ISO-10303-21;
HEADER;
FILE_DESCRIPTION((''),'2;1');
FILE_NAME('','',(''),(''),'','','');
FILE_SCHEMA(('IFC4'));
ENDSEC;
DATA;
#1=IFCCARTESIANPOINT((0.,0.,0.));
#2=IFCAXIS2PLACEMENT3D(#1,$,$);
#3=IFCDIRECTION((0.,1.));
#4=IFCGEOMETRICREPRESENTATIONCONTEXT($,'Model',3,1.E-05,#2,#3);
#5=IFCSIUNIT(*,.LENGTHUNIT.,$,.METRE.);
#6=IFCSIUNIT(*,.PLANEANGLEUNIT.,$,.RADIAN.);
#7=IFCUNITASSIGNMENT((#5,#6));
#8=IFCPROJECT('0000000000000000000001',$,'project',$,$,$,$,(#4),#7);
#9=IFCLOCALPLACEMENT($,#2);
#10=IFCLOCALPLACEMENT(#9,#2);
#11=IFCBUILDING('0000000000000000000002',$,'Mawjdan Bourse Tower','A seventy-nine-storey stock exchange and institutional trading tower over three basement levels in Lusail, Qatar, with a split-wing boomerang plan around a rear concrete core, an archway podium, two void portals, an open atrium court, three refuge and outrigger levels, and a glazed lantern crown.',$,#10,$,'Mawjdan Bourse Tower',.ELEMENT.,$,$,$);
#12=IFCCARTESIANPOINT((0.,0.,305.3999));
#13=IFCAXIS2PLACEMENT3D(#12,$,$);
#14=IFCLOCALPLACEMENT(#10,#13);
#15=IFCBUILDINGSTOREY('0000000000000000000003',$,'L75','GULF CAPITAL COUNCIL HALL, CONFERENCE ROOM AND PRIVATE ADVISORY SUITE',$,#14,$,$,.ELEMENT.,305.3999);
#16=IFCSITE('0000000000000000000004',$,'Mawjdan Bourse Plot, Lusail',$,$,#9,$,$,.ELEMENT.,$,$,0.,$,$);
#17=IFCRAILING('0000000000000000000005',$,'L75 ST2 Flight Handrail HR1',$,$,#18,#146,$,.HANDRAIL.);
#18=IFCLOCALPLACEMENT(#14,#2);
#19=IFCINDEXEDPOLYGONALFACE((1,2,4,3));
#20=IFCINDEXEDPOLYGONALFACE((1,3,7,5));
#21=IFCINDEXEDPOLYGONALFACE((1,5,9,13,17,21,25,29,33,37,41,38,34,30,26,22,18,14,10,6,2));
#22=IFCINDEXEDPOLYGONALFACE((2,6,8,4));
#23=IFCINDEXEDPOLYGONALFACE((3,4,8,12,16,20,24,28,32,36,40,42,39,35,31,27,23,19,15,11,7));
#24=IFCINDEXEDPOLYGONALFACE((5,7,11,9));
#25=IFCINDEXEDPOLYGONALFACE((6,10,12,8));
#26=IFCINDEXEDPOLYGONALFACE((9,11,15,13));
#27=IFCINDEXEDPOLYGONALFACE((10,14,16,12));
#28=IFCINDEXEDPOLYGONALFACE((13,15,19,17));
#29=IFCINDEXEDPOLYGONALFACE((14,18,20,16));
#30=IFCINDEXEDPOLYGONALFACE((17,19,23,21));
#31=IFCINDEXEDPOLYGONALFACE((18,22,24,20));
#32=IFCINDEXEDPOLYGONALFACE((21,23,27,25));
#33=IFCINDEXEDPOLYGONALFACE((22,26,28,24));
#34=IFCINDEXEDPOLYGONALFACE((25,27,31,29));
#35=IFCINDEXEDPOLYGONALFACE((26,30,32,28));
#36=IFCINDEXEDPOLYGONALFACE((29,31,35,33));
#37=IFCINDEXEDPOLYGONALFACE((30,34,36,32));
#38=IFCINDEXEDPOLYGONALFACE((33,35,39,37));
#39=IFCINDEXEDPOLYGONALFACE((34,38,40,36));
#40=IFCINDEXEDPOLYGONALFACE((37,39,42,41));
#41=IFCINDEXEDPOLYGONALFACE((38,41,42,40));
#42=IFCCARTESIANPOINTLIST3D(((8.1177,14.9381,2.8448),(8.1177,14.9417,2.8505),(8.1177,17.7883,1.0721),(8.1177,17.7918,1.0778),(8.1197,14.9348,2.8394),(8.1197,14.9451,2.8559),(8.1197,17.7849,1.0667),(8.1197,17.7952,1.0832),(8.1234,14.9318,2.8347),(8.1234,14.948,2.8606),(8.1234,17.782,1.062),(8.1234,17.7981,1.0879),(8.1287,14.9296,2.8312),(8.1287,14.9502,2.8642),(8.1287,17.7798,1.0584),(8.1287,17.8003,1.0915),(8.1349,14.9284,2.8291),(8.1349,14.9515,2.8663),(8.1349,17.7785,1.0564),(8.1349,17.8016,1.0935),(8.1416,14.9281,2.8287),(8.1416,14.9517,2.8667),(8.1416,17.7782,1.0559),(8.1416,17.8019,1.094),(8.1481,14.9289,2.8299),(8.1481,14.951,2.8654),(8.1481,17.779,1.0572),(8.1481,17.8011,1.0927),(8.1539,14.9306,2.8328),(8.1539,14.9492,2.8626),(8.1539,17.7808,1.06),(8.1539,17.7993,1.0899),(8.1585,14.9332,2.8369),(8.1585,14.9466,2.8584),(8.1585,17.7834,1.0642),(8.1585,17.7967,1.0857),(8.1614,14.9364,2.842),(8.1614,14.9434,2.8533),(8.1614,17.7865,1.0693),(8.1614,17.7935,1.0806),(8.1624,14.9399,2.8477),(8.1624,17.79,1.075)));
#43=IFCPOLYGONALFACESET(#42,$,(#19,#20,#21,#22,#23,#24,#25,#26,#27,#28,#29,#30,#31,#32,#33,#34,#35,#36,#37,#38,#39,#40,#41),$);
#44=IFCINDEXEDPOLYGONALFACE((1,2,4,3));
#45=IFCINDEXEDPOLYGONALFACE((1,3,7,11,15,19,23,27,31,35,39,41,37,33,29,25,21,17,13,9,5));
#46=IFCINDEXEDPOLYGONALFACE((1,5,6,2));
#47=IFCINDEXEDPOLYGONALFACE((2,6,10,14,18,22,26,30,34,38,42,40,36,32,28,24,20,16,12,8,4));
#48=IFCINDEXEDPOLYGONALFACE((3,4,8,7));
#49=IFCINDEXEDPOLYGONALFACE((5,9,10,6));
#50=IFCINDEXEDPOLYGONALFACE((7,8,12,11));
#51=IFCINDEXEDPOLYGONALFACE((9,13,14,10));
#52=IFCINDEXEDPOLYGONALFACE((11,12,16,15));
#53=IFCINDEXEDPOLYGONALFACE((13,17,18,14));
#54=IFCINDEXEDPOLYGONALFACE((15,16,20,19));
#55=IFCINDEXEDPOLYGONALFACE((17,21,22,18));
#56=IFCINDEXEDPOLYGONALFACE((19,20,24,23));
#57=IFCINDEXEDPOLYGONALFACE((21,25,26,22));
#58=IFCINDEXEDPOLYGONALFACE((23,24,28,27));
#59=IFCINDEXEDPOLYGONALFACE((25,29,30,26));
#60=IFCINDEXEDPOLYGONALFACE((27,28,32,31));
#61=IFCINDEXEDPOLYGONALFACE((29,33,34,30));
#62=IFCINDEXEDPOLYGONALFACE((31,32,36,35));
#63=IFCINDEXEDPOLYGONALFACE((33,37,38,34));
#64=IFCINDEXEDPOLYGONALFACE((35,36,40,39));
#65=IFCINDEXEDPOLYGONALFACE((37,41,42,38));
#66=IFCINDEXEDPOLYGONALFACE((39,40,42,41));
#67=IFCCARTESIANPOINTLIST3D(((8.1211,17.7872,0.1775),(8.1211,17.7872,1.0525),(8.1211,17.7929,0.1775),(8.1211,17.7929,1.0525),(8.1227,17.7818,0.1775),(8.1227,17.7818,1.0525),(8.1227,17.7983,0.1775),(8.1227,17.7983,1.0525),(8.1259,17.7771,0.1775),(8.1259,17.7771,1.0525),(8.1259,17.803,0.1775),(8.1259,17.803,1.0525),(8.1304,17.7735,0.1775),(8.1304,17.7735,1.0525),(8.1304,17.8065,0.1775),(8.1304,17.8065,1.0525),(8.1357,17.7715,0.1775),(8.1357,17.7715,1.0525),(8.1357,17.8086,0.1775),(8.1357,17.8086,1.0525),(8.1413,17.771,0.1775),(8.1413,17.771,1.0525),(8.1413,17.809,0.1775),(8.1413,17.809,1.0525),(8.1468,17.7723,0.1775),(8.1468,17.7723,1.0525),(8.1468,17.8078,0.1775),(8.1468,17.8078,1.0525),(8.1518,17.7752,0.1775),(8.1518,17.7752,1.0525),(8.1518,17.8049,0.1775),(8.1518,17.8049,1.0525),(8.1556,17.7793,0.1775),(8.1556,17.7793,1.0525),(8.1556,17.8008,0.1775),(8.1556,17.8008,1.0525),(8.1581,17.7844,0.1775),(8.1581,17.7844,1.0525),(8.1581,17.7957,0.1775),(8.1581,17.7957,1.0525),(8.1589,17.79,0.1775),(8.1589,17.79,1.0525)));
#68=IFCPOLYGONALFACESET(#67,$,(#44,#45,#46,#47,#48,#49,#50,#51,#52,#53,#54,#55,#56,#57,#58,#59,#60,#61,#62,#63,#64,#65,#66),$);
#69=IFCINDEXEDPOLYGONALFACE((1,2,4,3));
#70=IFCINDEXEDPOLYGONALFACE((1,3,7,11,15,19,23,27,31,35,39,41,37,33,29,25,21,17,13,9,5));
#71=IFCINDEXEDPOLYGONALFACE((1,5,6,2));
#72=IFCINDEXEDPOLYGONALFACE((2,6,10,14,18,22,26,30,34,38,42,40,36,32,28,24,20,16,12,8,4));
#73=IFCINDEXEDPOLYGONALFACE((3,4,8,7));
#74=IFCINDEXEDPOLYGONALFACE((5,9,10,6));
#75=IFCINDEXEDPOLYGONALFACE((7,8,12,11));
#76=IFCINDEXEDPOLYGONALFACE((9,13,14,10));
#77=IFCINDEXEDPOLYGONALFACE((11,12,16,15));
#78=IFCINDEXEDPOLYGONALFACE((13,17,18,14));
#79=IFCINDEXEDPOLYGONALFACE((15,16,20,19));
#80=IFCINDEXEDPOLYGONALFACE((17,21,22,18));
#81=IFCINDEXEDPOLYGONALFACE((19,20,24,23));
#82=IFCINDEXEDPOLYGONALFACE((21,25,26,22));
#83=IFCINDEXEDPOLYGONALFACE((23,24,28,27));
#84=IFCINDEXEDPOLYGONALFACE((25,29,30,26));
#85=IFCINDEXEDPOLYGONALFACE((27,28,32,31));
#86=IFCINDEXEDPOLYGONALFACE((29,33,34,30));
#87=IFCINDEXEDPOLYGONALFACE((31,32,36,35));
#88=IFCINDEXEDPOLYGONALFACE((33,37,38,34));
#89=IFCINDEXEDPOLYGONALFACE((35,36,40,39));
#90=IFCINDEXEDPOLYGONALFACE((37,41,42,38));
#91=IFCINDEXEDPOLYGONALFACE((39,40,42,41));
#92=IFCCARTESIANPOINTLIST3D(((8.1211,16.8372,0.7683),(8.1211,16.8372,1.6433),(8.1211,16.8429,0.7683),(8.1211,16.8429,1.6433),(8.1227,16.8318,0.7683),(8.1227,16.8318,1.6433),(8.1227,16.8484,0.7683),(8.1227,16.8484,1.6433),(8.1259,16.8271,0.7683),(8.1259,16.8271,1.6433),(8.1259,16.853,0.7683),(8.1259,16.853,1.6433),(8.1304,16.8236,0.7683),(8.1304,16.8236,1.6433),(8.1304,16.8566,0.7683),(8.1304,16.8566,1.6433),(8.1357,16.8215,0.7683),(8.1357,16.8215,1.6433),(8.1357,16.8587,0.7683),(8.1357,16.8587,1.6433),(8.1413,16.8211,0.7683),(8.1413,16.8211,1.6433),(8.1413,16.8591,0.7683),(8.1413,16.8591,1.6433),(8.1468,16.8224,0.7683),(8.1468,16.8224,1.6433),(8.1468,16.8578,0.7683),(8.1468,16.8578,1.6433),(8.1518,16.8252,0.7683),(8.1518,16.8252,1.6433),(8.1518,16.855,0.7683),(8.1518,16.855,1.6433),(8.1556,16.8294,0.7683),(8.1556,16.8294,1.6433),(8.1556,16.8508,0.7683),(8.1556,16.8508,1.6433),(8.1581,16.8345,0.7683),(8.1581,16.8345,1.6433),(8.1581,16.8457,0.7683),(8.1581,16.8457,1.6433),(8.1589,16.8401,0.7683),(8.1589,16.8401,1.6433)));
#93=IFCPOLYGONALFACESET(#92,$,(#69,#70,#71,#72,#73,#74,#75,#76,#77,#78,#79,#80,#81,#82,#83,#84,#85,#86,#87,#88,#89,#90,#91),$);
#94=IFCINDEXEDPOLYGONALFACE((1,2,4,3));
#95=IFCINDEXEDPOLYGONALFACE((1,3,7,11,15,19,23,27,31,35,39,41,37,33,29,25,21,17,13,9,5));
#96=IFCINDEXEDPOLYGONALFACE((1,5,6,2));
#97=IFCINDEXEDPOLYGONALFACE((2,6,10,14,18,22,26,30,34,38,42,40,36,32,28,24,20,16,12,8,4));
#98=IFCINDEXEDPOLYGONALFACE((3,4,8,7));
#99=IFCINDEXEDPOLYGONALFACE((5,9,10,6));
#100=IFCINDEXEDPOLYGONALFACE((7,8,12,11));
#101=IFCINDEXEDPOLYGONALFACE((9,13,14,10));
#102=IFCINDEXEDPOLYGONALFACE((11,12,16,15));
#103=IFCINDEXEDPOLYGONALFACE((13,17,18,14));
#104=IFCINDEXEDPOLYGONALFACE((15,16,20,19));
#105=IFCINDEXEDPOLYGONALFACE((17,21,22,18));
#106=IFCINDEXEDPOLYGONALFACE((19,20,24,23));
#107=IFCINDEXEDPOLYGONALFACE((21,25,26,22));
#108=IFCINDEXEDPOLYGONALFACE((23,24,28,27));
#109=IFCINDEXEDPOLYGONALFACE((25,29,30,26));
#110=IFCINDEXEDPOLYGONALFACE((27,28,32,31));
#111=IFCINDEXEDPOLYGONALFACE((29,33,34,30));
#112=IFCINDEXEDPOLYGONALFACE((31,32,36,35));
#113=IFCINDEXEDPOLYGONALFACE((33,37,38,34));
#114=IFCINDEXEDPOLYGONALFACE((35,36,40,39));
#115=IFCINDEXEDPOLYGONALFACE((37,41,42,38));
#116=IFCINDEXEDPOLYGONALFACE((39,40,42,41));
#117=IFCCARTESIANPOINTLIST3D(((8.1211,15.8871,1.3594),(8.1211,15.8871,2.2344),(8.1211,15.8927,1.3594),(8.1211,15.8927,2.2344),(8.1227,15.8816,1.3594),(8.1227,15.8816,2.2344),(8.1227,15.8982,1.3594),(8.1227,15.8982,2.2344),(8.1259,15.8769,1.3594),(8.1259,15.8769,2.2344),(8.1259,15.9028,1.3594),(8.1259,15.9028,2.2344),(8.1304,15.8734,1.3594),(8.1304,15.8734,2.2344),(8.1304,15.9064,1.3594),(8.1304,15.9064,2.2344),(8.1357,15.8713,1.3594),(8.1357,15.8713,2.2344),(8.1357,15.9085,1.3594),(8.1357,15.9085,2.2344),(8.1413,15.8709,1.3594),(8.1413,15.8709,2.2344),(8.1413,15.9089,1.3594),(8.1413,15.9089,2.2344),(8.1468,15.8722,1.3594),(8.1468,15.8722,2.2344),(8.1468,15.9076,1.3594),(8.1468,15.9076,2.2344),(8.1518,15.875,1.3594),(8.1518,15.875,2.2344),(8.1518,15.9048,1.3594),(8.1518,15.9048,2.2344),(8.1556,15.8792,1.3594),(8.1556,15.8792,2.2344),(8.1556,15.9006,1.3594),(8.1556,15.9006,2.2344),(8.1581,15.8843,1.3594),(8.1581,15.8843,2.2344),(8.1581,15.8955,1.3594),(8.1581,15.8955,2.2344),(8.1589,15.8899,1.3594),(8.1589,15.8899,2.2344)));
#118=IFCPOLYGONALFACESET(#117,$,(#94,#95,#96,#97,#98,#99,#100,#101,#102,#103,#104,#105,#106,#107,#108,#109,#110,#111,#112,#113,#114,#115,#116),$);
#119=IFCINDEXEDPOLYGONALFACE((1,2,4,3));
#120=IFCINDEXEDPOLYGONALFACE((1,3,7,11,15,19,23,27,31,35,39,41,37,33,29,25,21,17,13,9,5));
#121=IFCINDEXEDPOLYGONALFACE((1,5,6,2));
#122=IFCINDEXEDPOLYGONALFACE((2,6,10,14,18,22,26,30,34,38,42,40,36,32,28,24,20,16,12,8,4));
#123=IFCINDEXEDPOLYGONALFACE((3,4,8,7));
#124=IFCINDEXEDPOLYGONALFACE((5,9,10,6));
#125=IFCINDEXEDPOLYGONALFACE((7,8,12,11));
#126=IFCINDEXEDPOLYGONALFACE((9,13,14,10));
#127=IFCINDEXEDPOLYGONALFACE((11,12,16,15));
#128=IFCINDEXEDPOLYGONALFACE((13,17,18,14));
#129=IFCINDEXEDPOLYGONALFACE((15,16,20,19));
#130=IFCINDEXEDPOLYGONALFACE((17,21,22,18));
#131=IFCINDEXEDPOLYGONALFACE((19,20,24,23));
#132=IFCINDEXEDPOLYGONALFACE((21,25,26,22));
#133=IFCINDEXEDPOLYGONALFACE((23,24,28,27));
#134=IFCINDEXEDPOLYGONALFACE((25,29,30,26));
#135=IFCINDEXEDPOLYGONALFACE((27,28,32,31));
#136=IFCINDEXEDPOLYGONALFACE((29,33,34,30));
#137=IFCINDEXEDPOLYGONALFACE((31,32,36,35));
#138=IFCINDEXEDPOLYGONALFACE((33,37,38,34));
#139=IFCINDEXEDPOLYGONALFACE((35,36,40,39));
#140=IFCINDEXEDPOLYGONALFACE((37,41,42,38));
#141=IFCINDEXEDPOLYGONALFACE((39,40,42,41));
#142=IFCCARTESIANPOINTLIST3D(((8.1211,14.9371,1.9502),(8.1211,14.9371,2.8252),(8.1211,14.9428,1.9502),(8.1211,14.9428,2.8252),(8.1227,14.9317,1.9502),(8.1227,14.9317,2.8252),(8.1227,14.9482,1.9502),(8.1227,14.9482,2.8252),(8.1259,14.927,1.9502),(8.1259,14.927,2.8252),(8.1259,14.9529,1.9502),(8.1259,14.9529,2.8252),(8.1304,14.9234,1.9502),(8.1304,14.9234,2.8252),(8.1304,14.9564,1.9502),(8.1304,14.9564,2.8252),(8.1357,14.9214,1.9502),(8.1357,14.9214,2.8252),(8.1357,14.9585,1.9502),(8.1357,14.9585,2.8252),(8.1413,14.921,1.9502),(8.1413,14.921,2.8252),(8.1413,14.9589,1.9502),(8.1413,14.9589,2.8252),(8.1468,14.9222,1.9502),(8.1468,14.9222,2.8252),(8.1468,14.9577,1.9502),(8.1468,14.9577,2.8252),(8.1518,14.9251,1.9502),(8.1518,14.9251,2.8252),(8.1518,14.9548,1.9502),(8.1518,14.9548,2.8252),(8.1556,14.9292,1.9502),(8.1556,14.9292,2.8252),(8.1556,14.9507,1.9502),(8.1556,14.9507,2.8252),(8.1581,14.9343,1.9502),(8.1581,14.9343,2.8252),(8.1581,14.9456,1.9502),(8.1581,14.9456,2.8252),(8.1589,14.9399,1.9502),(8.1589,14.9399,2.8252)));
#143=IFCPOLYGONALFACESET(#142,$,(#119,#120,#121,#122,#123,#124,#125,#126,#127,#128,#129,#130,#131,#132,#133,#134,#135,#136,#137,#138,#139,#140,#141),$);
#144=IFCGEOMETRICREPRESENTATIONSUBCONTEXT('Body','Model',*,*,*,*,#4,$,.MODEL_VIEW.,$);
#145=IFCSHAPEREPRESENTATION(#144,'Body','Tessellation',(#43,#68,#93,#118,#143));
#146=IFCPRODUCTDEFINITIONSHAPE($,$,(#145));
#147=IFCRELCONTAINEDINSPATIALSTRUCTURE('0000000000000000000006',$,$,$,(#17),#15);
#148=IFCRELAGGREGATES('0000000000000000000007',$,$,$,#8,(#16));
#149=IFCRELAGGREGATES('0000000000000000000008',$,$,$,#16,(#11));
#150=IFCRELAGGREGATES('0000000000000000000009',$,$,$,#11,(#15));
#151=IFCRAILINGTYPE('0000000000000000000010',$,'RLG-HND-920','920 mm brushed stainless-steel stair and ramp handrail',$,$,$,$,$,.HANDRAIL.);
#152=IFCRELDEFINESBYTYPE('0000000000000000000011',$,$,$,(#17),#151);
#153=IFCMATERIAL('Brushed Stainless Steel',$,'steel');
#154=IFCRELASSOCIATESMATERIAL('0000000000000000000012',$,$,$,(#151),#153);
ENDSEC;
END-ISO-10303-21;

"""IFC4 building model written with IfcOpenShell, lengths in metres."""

from ifc_helpers import new_model, si_unit, direction, frame, origin, origin_2d, place, context, subcontext, project, spatial, circle, extrude, material, type_object, element, save


model = new_model("IFC4")

# Units and contexts
model_context = context("Model", 3, precision=1e-05, world=origin(), true_north=direction((0.0, 1.0)))
body_context = subcontext(model_context, "Body", "Model", "MODEL_VIEW")
ifc_project = project(units=[si_unit("LENGTHUNIT", "METRE"), si_unit("PLANEANGLEUNIT", "RADIAN")], contexts=[model_context])

# Site, building, storey
site_placement = place(None, origin())
site = spatial("IfcSite", under=ifc_project, at=site_placement, Name="Mawjdan Bourse Plot, Lusail", CompositionType="ELEMENT", RefElevation=0.0)
building_placement = place(site_placement, origin())
building = spatial("IfcBuilding", under=site, at=building_placement, Name="Mawjdan Bourse Tower", Description="A seventy-nine-storey stock exchange and institutional trading tower over three basement levels in Lusail, Qatar, with a split-wing boomerang plan around a rear concrete core, an archway podium, two void portals, an open atrium court, three refuge and outrigger levels, and a glazed lantern crown.", LongName="Mawjdan Bourse Tower", CompositionType="ELEMENT")
storey_placement = place(building_placement, frame((0.0, 0.0, 305.3999)))
storey = spatial("IfcBuildingStorey", under=building, at=storey_placement, Name="L75", Description="GULF CAPITAL COUNCIL HALL, CONFERENCE ROOM AND PRIVATE ADVISORY SUITE", CompositionType="ELEMENT", Elevation=305.3999)

# Railing
ifc_material_1 = material(Name="Brushed Stainless Steel", Category="steel")
railing_type_1 = type_object("IfcRailingType", Name="RLG-HND-920", Description="920 mm brushed stainless-steel stair and ramp handrail", PredefinedType="HANDRAIL", material=ifc_material_1)
for number, where, name in (
    (1, (8.1399, 17.79, 0.1775), "L75 ST2 Flight Handrail HR1"),
):
    element("IfcRailing", number, at=place(storey_placement, frame(where)), inside=storey, type_object=railing_type_1, Name=name, PredefinedType="HANDRAIL", context=body_context, shape_type="SweptSolid", body=[
        extrude(circle(Radius=0.0225, at=origin_2d()), frame((0.0, 0.0, 0.8975), z_axis=(0.0, -0.849149, 0.528154), x_axis=(1.0, 0.0, 0.0)), (0.0, 0.0, 1.0), 3.3564),
        extrude(circle(Radius=0.019, at=origin_2d()), origin(), (0.0, 0.0, 1.0), 0.875),
        extrude(circle(Radius=0.019, at=origin_2d()), frame((0.0, -0.95, 0.5908)), (0.0, 0.0, 1.0), 0.875),
        extrude(circle(Radius=0.019, at=origin_2d()), frame((0.0, -1.9001, 1.1819)), (0.0, 0.0, 1.0), 0.875),
        extrude(circle(Radius=0.019, at=origin_2d()), frame((0.0, -2.8501, 1.7727)), (0.0, 0.0, 1.0), 0.875),
    ])

save(model, "model.ifc")
